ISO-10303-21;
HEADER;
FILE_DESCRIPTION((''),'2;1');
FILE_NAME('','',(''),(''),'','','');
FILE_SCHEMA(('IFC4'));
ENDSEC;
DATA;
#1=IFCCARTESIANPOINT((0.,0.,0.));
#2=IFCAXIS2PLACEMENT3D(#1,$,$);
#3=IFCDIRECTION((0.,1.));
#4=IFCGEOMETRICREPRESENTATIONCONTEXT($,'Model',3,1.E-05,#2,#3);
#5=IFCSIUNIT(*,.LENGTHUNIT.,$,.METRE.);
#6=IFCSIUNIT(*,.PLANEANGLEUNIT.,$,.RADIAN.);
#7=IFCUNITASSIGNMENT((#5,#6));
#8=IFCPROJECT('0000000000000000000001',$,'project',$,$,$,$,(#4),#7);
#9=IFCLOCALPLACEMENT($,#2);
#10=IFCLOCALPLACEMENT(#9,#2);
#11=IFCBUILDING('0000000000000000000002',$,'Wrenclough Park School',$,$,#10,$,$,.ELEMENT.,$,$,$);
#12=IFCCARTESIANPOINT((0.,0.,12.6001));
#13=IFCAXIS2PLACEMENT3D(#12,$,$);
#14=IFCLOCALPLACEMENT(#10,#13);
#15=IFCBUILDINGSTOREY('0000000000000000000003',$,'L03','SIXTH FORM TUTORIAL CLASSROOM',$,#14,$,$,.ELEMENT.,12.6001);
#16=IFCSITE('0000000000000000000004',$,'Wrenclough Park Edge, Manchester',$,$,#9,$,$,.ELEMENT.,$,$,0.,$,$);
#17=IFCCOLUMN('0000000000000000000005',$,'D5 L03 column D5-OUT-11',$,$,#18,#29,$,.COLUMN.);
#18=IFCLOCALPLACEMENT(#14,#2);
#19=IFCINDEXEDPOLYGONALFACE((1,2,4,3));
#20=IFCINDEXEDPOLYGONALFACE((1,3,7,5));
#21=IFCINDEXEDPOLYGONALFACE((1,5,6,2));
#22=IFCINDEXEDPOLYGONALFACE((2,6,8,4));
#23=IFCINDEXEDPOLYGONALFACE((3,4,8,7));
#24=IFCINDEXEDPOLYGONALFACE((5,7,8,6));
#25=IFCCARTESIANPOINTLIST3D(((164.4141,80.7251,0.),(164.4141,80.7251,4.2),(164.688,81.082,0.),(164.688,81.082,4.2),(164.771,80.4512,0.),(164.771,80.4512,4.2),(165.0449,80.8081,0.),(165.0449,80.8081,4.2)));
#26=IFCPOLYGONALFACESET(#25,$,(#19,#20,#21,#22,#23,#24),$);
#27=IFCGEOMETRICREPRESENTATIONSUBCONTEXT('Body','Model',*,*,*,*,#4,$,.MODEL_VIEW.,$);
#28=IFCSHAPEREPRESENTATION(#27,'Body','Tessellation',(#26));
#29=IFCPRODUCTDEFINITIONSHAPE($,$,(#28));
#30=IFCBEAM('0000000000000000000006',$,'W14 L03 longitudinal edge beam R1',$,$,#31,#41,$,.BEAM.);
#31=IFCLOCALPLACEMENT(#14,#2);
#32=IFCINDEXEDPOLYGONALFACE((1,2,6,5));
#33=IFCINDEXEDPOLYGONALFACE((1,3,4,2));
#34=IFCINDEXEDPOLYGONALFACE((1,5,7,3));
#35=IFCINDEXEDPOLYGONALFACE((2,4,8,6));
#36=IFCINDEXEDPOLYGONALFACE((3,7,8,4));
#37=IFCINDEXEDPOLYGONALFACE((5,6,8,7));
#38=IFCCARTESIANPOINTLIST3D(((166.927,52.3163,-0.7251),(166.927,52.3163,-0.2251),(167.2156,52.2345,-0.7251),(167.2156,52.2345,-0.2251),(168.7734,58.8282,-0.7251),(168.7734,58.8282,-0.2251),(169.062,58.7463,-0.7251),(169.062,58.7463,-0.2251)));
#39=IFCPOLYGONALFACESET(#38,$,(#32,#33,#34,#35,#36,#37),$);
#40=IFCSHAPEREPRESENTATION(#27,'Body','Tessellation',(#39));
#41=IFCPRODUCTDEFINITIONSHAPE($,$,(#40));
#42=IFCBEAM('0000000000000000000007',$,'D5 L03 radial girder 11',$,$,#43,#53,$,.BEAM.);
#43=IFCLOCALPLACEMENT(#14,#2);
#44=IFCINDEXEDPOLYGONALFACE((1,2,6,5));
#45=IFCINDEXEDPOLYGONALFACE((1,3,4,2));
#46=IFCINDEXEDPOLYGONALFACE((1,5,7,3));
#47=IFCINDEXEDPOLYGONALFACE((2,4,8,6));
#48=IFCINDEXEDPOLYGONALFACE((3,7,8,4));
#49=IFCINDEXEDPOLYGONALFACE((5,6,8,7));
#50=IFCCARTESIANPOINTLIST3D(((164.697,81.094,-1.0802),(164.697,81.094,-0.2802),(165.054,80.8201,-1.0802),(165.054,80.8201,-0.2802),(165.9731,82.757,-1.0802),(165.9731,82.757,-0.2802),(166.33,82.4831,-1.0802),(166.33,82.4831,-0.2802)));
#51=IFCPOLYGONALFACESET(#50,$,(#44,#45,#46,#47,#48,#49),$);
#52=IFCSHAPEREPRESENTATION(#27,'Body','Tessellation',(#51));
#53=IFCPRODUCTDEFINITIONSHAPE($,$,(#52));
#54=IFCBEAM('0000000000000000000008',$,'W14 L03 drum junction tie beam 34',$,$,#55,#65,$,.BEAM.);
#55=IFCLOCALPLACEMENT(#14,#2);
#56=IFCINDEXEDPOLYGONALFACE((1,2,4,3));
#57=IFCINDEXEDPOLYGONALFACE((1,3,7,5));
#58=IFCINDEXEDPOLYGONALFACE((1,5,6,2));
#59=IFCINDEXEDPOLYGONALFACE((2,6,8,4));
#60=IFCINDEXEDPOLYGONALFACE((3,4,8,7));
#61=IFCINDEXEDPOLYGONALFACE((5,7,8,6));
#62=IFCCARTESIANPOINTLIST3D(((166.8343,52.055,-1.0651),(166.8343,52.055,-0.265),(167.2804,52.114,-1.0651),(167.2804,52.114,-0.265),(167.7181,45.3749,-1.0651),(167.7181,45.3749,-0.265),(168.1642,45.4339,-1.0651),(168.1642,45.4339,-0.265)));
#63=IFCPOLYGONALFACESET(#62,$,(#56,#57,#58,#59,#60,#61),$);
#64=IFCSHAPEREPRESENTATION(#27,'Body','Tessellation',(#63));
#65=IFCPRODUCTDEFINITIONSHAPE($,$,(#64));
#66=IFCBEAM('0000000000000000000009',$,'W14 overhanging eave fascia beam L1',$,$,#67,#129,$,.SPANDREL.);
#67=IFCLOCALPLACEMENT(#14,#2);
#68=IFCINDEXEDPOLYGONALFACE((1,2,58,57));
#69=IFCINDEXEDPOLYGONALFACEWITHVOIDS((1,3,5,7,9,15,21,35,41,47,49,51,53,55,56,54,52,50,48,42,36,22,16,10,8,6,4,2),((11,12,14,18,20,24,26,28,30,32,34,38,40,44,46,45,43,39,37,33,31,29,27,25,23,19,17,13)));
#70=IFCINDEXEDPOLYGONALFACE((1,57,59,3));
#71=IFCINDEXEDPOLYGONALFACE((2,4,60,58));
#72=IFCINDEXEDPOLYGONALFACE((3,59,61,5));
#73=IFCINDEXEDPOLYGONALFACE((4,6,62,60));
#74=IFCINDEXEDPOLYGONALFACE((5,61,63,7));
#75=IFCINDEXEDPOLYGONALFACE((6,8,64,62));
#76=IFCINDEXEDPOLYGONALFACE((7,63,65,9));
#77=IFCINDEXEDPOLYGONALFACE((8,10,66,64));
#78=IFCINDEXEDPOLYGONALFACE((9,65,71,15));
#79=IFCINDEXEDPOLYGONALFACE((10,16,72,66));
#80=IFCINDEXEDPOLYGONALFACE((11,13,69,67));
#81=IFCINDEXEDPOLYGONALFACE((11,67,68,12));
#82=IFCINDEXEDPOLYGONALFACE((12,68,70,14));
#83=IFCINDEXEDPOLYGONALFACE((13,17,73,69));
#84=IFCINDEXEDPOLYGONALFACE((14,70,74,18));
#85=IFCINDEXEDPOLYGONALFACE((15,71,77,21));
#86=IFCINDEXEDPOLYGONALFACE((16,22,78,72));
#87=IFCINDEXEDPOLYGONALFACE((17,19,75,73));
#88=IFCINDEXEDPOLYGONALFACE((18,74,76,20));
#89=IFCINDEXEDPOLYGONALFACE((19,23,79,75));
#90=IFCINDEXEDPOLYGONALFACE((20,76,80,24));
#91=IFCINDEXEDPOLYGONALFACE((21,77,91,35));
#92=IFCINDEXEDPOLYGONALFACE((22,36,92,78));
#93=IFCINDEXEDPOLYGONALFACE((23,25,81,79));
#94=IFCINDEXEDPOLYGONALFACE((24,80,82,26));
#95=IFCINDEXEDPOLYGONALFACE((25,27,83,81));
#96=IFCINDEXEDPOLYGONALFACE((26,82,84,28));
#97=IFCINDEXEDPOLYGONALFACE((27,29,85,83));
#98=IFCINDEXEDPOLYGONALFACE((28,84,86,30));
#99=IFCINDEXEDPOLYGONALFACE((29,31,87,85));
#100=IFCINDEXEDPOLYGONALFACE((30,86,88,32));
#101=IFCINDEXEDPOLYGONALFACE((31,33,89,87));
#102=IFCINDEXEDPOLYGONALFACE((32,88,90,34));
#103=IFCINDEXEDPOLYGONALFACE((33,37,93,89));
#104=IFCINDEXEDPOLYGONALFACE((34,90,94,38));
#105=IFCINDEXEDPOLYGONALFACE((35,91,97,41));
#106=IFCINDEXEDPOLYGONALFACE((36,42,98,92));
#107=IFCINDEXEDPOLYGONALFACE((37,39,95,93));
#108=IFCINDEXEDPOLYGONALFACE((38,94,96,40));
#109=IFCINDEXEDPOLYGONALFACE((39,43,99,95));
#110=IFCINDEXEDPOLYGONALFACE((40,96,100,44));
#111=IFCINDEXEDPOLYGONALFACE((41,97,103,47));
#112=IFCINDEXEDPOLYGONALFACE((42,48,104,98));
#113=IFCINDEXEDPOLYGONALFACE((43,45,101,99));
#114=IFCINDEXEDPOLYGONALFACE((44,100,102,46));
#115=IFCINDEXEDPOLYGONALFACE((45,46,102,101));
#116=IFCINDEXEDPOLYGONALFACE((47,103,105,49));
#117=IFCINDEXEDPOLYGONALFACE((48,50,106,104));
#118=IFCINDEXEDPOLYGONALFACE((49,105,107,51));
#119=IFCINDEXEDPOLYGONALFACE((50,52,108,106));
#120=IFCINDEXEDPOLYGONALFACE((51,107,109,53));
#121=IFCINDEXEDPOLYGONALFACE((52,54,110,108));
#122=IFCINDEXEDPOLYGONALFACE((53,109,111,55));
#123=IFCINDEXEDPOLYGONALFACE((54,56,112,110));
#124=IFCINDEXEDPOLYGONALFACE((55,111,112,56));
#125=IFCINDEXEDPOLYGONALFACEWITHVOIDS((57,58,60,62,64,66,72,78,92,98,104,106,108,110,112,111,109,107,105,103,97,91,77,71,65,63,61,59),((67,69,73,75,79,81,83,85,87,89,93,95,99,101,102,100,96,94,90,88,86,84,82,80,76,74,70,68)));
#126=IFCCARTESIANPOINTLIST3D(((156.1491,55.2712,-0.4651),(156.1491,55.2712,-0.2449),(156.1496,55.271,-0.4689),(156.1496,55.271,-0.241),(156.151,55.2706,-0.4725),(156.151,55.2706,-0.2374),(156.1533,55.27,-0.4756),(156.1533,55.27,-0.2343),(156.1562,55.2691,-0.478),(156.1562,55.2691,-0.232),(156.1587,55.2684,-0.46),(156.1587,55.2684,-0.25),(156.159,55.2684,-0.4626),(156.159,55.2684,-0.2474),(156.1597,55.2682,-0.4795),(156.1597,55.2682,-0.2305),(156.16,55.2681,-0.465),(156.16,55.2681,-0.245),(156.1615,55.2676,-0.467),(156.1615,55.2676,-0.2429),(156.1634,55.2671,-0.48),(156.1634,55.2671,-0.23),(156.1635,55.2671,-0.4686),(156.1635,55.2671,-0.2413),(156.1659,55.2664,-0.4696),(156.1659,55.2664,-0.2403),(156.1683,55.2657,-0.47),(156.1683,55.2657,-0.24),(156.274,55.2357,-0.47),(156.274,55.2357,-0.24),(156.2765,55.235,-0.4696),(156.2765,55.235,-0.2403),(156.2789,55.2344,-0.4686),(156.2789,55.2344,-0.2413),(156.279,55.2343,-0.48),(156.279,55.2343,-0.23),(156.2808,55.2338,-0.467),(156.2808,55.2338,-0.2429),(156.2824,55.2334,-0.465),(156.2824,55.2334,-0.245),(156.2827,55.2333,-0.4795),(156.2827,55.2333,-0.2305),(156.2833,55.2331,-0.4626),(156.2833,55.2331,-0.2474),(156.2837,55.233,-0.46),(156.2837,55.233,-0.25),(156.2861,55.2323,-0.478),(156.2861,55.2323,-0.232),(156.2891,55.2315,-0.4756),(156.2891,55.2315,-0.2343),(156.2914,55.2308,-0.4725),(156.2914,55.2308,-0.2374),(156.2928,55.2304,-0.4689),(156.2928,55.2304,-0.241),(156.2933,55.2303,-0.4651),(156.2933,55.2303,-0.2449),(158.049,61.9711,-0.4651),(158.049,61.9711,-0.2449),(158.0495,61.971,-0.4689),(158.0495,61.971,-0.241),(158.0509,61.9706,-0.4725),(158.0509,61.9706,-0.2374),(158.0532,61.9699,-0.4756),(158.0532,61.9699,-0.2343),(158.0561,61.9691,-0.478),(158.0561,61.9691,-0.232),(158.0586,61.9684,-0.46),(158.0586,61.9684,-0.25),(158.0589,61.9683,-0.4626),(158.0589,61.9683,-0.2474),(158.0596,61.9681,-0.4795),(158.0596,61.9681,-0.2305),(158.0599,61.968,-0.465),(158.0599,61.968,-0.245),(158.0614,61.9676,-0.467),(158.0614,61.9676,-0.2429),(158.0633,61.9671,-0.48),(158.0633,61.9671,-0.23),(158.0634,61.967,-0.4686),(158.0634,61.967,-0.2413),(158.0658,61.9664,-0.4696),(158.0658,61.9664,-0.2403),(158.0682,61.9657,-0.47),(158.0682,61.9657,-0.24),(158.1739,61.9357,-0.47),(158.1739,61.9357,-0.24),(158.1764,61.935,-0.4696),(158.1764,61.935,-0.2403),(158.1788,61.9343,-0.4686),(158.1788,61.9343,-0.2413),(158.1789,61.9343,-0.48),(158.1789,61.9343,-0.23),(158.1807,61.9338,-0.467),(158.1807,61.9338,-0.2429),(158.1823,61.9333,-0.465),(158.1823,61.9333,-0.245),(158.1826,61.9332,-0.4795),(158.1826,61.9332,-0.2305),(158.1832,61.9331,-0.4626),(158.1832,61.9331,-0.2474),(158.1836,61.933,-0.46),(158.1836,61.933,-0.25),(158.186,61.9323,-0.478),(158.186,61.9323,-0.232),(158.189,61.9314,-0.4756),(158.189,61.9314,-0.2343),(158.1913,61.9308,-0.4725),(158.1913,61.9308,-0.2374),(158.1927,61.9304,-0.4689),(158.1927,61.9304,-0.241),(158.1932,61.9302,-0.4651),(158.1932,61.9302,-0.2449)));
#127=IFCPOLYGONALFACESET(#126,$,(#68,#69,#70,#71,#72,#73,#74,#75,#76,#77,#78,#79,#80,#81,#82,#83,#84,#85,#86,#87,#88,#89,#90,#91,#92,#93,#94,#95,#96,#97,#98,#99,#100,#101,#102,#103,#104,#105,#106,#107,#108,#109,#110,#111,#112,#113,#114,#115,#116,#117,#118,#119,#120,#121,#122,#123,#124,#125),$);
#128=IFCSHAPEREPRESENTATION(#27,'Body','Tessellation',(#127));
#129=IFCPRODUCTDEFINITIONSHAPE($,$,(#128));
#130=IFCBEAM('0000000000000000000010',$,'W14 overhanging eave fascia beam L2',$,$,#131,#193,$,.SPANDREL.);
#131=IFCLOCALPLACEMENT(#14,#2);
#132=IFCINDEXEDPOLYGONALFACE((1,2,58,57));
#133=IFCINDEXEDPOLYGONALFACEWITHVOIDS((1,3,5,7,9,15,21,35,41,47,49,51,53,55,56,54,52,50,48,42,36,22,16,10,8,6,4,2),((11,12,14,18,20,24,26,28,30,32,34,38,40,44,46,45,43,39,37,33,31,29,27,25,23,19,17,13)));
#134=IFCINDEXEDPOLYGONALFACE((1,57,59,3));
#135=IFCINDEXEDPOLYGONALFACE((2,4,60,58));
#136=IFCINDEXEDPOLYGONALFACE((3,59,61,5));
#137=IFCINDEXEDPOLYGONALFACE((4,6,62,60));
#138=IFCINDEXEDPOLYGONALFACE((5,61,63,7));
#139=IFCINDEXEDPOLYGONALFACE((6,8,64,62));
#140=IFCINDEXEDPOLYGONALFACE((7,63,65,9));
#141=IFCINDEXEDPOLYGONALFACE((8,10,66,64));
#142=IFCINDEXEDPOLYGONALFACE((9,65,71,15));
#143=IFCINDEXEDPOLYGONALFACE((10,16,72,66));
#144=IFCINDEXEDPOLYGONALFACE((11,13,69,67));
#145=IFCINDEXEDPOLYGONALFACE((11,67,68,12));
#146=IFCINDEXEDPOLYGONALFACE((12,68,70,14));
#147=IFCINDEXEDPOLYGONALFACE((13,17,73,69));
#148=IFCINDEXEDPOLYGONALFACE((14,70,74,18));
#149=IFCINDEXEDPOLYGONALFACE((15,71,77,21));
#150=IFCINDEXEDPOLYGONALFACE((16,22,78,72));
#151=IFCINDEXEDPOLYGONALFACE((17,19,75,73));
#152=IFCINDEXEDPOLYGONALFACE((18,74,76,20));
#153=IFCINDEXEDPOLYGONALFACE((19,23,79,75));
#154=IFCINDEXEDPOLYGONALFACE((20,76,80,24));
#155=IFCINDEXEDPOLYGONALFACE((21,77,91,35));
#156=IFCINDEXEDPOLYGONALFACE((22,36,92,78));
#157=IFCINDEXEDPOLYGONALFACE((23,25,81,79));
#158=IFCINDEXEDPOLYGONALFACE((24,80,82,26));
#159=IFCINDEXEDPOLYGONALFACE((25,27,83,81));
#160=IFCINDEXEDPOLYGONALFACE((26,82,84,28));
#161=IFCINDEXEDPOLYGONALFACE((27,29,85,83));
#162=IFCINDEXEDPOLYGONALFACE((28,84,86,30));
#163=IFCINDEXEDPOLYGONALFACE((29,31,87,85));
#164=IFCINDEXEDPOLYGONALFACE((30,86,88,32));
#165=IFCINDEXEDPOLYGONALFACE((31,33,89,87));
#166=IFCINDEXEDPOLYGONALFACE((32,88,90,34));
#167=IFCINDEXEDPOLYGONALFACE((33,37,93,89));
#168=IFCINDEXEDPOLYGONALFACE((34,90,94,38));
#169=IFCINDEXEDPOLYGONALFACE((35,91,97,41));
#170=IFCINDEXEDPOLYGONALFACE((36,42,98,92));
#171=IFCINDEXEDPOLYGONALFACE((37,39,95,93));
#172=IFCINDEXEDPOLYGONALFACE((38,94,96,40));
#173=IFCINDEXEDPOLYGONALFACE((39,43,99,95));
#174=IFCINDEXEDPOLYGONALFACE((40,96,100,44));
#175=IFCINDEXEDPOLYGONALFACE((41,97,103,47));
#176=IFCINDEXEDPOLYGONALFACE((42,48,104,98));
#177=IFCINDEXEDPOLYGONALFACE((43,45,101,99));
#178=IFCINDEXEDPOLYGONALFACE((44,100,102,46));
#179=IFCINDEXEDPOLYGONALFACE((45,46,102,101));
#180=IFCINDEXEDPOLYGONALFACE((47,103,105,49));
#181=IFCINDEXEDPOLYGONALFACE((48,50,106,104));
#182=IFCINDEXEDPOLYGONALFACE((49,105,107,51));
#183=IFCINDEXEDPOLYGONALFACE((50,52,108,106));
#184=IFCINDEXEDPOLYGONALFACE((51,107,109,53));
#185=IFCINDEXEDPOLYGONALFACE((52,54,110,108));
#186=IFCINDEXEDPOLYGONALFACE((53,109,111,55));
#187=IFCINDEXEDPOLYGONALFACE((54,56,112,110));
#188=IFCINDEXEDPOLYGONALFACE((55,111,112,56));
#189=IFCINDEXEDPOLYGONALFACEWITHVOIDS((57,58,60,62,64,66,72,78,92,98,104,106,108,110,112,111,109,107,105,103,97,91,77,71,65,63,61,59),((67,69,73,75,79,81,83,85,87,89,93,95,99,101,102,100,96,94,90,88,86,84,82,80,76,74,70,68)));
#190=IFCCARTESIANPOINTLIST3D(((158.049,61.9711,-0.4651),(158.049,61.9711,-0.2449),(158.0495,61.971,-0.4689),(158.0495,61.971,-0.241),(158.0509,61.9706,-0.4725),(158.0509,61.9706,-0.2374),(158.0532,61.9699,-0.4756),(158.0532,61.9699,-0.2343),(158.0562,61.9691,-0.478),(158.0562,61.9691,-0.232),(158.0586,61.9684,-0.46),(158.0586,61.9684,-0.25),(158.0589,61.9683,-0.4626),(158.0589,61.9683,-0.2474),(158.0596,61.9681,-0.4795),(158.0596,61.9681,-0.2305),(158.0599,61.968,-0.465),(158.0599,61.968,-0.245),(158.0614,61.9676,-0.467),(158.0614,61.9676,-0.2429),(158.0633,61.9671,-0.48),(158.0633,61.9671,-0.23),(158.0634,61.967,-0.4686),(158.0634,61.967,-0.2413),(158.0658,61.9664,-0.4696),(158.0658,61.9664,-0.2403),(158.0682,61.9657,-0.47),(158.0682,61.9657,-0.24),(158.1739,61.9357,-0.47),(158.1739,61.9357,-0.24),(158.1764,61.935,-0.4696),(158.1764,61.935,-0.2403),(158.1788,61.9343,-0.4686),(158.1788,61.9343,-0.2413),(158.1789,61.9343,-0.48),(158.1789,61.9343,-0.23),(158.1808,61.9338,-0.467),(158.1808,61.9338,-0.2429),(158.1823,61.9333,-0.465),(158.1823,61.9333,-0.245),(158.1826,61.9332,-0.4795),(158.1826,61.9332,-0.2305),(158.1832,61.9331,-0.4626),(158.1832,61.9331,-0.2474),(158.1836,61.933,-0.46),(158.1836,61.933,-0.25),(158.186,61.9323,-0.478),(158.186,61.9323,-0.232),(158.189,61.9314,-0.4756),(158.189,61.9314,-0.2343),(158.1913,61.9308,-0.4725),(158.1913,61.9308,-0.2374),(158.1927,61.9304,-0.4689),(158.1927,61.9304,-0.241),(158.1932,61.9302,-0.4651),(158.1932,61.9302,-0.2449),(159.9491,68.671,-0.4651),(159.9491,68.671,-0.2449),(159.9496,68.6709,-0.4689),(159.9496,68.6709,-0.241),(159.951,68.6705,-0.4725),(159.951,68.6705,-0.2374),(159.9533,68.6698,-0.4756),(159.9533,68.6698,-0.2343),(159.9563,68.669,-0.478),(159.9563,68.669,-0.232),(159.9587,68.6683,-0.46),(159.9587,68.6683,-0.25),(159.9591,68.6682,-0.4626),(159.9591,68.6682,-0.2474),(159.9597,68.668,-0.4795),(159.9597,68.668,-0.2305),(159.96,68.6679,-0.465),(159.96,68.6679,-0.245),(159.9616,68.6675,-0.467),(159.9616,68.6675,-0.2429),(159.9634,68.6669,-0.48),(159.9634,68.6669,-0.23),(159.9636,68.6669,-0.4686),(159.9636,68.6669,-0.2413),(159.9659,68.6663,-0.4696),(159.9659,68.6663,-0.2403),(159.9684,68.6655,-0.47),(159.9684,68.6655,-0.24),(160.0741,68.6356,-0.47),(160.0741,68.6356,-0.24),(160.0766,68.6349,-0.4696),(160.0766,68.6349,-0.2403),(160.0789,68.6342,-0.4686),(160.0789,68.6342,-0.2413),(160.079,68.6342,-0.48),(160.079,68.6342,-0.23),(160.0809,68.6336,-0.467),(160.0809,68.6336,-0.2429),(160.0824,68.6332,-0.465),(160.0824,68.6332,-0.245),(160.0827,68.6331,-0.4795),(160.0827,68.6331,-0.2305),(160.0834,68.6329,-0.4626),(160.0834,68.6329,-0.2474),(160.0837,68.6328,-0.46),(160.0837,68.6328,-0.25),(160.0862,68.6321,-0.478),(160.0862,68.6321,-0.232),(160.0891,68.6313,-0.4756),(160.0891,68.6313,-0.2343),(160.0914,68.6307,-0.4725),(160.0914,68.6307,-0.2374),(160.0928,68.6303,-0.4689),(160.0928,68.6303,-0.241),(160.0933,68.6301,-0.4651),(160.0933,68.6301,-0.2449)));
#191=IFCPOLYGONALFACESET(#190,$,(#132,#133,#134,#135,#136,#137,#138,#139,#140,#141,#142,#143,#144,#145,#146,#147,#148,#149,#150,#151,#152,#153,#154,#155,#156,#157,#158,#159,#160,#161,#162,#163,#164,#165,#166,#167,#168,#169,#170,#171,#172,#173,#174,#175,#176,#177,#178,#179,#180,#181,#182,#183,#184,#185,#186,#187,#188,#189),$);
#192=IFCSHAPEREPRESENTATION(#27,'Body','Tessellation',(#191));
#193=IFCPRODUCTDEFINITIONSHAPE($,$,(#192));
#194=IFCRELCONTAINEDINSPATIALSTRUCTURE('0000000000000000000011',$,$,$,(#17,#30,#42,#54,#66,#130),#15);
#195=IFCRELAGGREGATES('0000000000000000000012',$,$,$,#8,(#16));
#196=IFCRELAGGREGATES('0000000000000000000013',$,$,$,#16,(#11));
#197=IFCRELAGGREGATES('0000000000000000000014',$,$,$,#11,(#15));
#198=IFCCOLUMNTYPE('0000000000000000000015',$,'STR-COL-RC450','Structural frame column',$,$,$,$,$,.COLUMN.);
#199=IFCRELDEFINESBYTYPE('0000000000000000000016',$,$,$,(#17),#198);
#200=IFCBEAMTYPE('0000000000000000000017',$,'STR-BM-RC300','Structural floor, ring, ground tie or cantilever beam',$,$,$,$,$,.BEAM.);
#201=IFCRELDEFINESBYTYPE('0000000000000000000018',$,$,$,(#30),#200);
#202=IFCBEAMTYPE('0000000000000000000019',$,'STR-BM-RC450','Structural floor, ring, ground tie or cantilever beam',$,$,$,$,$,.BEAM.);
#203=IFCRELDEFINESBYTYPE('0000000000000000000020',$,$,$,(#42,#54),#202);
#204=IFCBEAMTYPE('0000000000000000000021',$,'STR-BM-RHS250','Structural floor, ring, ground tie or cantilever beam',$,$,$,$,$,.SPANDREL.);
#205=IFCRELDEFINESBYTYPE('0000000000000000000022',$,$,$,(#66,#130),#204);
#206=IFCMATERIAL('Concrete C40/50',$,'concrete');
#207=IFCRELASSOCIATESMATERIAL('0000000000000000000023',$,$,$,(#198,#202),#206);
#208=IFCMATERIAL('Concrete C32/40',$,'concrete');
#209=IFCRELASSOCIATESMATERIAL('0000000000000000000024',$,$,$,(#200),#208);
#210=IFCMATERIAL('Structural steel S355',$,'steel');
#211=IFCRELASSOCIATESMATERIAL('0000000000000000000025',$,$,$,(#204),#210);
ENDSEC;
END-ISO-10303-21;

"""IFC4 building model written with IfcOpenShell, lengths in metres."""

from ifc_helpers import new_model, si_unit, direction, frame, origin, origin_2d, place, context, subcontext, project, spatial, rectangle, hollow_rectangle, extrude, material, material_profile, profile_set, type_object, element, save


model = new_model("IFC4")

# Units and contexts
model_context = context("Model", 3, precision=1e-05, world=origin(), true_north=direction((0.0, 1.0)))
body_context = subcontext(model_context, "Body", "Model", "MODEL_VIEW")
ifc_project = project(units=[si_unit("LENGTHUNIT", "METRE"), si_unit("PLANEANGLEUNIT", "RADIAN")], contexts=[model_context])

# Site, building, storey
site_placement = place(None, origin())
site = spatial("IfcSite", under=ifc_project, at=site_placement, Name="Wrenclough Park Edge, Manchester", CompositionType="ELEMENT", RefElevation=0.0)
building_placement = place(site_placement, origin())
building = spatial("IfcBuilding", under=site, at=building_placement, Name="Wrenclough Park School", CompositionType="ELEMENT")
storey_placement = place(building_placement, frame((0.0, 0.0, 12.6001)))
storey = spatial("IfcBuildingStorey", under=building, at=storey_placement, Name="L03", Description="SIXTH FORM TUTORIAL CLASSROOM", CompositionType="ELEMENT", Elevation=12.6001)

# Column
ifc_material_1 = material(Name="Concrete C40/50", Category="concrete")
ifc_material_profile_1 = material_profile(ifc_material_1, rectangle(XDim=0.45, YDim=0.45, at=origin_2d()), Name="RC COL 450x450")
ifc_profile_set_1 = profile_set([ifc_material_profile_1], Name="Concrete C40/50")
column_type = type_object("IfcColumnType", Name="STR-COL-RC450", Description="Structural frame column", PredefinedType="COLUMN", material=ifc_profile_set_1)
column_placement = place(storey_placement, frame((164.7295, 80.7666, 0.0), z_axis=(0.0, 0.0, 1.0), x_axis=(0.793353, -0.608761, 0.0)))
element("IfcColumn", 1, at=column_placement, inside=storey, type_object=column_type, Name="D5 L03 column D5-OUT-11", PredefinedType="COLUMN", context=body_context, shape_type="SweptSolid", body=[
    extrude(rectangle(XDim=0.45, YDim=0.45, at=origin_2d()), origin(), (0.0, 0.0, 1.0), 4.2),
])

# Beams
ifc_material_2 = material(Name="Concrete C32/40", Category="concrete")
ifc_material_profile_2 = material_profile(ifc_material_2, rectangle(XDim=0.3, YDim=0.5, at=origin_2d()), Name="RC BEAM 300x500")
ifc_profile_set_2 = profile_set([ifc_material_profile_2], Name="Concrete C32/40")
beam_type_1 = type_object("IfcBeamType", Name="STR-BM-RC300", Description="Structural floor, ring, ground tie or cantilever beam", PredefinedType="BEAM", material=ifc_profile_set_2)
beam_1_placement = place(storey_placement, frame((167.0713, 52.2754, -0.4751), z_axis=(0.272791, 0.962073, 0.0), x_axis=(-0.962073, 0.272791, 0.0)))
element("IfcBeam", 2, at=beam_1_placement, inside=storey, type_object=beam_type_1, Name="W14 L03 longitudinal edge beam R1", PredefinedType="BEAM", context=body_context, shape_type="SweptSolid", body=[
    extrude(rectangle(XDim=0.3, YDim=0.5, at=origin_2d()), origin(), (0.0, 0.0, 1.0), 6.7686),
])
ifc_material_profile_3 = material_profile(ifc_material_1, rectangle(XDim=0.45, YDim=0.8, at=origin_2d()), Name="RC BEAM 450x800")
ifc_profile_set_3 = profile_set([ifc_material_profile_3], Name="Concrete C40/50")
beam_type_2 = type_object("IfcBeamType", Name="STR-BM-RC450", Description="Structural floor, ring, ground tie or cantilever beam", PredefinedType="BEAM", material=ifc_profile_set_3)
beam_2_placement = place(storey_placement, frame((164.8755, 80.957, -0.6802), z_axis=(0.608759, 0.793355, 0.0), x_axis=(-0.793355, 0.608759, 0.0)))
element("IfcBeam", 3, at=beam_2_placement, inside=storey, type_object=beam_type_2, Name="D5 L03 radial girder 11", PredefinedType="BEAM", context=body_context, shape_type="SweptSolid", body=[
    extrude(rectangle(XDim=0.45, YDim=0.8, at=origin_2d()), origin(), (0.0, 0.0, 1.0), 2.0962),
])
beam_3_placement = place(storey_placement, frame((167.0574, 52.0845, -0.665), z_axis=(0.131157, -0.991362, 0.0), x_axis=(0.991362, 0.131157, 0.0)))
element("IfcBeam", 4, at=beam_3_placement, inside=storey, type_object=beam_type_2, Name="W14 L03 drum junction tie beam 34", PredefinedType="BEAM", context=body_context, shape_type="SweptSolid", body=[
    extrude(rectangle(XDim=0.45, YDim=0.8, at=origin_2d()), origin(), (0.0, 0.0, 1.0), 6.7383),
])
ifc_material_3 = material(Name="Structural steel S355", Category="steel")
ifc_material_profile_4 = material_profile(ifc_material_3, hollow_rectangle(XDim=0.1499, YDim=0.25, WallThickness=0.01, InnerFilletRadius=0.01, OuterFilletRadius=0.0149, at=origin_2d()), Name="RHS 250x150x10.0")
ifc_profile_set_4 = profile_set([ifc_material_profile_4], Name="Structural steel S355")
beam_type_3 = type_object("IfcBeamType", Name="STR-BM-RHS250", Description="Structural floor, ring, ground tie or cantilever beam", PredefinedType="SPANDREL", material=ifc_profile_set_4)
for number, where, z_axis, x_axis, name in (
    (5, (156.2212, 55.2507, -0.355), (0.272813, 0.962067, 0.0), (-0.962067, 0.272813, 0.0), "W14 overhanging eave fascia beam L1"),
    (6, (158.1211, 61.9507, -0.355), (0.272845, 0.962058, 0.0), (-0.962058, 0.272845, 0.0), "W14 overhanging eave fascia beam L2"),
):
    element("IfcBeam", number, at=place(storey_placement, frame(where, z_axis=z_axis, x_axis=x_axis)), inside=storey, type_object=beam_type_3, Name=name, PredefinedType="SPANDREL", context=body_context, shape_type="SweptSolid", body=[
        extrude(hollow_rectangle(XDim=0.1499, YDim=0.25, WallThickness=0.01, InnerFilletRadius=0.01, OuterFilletRadius=0.0149, at=origin_2d()), origin(), (0.0, 0.0, 1.0), 6.9641),
    ])

save(model, "model.ifc")
